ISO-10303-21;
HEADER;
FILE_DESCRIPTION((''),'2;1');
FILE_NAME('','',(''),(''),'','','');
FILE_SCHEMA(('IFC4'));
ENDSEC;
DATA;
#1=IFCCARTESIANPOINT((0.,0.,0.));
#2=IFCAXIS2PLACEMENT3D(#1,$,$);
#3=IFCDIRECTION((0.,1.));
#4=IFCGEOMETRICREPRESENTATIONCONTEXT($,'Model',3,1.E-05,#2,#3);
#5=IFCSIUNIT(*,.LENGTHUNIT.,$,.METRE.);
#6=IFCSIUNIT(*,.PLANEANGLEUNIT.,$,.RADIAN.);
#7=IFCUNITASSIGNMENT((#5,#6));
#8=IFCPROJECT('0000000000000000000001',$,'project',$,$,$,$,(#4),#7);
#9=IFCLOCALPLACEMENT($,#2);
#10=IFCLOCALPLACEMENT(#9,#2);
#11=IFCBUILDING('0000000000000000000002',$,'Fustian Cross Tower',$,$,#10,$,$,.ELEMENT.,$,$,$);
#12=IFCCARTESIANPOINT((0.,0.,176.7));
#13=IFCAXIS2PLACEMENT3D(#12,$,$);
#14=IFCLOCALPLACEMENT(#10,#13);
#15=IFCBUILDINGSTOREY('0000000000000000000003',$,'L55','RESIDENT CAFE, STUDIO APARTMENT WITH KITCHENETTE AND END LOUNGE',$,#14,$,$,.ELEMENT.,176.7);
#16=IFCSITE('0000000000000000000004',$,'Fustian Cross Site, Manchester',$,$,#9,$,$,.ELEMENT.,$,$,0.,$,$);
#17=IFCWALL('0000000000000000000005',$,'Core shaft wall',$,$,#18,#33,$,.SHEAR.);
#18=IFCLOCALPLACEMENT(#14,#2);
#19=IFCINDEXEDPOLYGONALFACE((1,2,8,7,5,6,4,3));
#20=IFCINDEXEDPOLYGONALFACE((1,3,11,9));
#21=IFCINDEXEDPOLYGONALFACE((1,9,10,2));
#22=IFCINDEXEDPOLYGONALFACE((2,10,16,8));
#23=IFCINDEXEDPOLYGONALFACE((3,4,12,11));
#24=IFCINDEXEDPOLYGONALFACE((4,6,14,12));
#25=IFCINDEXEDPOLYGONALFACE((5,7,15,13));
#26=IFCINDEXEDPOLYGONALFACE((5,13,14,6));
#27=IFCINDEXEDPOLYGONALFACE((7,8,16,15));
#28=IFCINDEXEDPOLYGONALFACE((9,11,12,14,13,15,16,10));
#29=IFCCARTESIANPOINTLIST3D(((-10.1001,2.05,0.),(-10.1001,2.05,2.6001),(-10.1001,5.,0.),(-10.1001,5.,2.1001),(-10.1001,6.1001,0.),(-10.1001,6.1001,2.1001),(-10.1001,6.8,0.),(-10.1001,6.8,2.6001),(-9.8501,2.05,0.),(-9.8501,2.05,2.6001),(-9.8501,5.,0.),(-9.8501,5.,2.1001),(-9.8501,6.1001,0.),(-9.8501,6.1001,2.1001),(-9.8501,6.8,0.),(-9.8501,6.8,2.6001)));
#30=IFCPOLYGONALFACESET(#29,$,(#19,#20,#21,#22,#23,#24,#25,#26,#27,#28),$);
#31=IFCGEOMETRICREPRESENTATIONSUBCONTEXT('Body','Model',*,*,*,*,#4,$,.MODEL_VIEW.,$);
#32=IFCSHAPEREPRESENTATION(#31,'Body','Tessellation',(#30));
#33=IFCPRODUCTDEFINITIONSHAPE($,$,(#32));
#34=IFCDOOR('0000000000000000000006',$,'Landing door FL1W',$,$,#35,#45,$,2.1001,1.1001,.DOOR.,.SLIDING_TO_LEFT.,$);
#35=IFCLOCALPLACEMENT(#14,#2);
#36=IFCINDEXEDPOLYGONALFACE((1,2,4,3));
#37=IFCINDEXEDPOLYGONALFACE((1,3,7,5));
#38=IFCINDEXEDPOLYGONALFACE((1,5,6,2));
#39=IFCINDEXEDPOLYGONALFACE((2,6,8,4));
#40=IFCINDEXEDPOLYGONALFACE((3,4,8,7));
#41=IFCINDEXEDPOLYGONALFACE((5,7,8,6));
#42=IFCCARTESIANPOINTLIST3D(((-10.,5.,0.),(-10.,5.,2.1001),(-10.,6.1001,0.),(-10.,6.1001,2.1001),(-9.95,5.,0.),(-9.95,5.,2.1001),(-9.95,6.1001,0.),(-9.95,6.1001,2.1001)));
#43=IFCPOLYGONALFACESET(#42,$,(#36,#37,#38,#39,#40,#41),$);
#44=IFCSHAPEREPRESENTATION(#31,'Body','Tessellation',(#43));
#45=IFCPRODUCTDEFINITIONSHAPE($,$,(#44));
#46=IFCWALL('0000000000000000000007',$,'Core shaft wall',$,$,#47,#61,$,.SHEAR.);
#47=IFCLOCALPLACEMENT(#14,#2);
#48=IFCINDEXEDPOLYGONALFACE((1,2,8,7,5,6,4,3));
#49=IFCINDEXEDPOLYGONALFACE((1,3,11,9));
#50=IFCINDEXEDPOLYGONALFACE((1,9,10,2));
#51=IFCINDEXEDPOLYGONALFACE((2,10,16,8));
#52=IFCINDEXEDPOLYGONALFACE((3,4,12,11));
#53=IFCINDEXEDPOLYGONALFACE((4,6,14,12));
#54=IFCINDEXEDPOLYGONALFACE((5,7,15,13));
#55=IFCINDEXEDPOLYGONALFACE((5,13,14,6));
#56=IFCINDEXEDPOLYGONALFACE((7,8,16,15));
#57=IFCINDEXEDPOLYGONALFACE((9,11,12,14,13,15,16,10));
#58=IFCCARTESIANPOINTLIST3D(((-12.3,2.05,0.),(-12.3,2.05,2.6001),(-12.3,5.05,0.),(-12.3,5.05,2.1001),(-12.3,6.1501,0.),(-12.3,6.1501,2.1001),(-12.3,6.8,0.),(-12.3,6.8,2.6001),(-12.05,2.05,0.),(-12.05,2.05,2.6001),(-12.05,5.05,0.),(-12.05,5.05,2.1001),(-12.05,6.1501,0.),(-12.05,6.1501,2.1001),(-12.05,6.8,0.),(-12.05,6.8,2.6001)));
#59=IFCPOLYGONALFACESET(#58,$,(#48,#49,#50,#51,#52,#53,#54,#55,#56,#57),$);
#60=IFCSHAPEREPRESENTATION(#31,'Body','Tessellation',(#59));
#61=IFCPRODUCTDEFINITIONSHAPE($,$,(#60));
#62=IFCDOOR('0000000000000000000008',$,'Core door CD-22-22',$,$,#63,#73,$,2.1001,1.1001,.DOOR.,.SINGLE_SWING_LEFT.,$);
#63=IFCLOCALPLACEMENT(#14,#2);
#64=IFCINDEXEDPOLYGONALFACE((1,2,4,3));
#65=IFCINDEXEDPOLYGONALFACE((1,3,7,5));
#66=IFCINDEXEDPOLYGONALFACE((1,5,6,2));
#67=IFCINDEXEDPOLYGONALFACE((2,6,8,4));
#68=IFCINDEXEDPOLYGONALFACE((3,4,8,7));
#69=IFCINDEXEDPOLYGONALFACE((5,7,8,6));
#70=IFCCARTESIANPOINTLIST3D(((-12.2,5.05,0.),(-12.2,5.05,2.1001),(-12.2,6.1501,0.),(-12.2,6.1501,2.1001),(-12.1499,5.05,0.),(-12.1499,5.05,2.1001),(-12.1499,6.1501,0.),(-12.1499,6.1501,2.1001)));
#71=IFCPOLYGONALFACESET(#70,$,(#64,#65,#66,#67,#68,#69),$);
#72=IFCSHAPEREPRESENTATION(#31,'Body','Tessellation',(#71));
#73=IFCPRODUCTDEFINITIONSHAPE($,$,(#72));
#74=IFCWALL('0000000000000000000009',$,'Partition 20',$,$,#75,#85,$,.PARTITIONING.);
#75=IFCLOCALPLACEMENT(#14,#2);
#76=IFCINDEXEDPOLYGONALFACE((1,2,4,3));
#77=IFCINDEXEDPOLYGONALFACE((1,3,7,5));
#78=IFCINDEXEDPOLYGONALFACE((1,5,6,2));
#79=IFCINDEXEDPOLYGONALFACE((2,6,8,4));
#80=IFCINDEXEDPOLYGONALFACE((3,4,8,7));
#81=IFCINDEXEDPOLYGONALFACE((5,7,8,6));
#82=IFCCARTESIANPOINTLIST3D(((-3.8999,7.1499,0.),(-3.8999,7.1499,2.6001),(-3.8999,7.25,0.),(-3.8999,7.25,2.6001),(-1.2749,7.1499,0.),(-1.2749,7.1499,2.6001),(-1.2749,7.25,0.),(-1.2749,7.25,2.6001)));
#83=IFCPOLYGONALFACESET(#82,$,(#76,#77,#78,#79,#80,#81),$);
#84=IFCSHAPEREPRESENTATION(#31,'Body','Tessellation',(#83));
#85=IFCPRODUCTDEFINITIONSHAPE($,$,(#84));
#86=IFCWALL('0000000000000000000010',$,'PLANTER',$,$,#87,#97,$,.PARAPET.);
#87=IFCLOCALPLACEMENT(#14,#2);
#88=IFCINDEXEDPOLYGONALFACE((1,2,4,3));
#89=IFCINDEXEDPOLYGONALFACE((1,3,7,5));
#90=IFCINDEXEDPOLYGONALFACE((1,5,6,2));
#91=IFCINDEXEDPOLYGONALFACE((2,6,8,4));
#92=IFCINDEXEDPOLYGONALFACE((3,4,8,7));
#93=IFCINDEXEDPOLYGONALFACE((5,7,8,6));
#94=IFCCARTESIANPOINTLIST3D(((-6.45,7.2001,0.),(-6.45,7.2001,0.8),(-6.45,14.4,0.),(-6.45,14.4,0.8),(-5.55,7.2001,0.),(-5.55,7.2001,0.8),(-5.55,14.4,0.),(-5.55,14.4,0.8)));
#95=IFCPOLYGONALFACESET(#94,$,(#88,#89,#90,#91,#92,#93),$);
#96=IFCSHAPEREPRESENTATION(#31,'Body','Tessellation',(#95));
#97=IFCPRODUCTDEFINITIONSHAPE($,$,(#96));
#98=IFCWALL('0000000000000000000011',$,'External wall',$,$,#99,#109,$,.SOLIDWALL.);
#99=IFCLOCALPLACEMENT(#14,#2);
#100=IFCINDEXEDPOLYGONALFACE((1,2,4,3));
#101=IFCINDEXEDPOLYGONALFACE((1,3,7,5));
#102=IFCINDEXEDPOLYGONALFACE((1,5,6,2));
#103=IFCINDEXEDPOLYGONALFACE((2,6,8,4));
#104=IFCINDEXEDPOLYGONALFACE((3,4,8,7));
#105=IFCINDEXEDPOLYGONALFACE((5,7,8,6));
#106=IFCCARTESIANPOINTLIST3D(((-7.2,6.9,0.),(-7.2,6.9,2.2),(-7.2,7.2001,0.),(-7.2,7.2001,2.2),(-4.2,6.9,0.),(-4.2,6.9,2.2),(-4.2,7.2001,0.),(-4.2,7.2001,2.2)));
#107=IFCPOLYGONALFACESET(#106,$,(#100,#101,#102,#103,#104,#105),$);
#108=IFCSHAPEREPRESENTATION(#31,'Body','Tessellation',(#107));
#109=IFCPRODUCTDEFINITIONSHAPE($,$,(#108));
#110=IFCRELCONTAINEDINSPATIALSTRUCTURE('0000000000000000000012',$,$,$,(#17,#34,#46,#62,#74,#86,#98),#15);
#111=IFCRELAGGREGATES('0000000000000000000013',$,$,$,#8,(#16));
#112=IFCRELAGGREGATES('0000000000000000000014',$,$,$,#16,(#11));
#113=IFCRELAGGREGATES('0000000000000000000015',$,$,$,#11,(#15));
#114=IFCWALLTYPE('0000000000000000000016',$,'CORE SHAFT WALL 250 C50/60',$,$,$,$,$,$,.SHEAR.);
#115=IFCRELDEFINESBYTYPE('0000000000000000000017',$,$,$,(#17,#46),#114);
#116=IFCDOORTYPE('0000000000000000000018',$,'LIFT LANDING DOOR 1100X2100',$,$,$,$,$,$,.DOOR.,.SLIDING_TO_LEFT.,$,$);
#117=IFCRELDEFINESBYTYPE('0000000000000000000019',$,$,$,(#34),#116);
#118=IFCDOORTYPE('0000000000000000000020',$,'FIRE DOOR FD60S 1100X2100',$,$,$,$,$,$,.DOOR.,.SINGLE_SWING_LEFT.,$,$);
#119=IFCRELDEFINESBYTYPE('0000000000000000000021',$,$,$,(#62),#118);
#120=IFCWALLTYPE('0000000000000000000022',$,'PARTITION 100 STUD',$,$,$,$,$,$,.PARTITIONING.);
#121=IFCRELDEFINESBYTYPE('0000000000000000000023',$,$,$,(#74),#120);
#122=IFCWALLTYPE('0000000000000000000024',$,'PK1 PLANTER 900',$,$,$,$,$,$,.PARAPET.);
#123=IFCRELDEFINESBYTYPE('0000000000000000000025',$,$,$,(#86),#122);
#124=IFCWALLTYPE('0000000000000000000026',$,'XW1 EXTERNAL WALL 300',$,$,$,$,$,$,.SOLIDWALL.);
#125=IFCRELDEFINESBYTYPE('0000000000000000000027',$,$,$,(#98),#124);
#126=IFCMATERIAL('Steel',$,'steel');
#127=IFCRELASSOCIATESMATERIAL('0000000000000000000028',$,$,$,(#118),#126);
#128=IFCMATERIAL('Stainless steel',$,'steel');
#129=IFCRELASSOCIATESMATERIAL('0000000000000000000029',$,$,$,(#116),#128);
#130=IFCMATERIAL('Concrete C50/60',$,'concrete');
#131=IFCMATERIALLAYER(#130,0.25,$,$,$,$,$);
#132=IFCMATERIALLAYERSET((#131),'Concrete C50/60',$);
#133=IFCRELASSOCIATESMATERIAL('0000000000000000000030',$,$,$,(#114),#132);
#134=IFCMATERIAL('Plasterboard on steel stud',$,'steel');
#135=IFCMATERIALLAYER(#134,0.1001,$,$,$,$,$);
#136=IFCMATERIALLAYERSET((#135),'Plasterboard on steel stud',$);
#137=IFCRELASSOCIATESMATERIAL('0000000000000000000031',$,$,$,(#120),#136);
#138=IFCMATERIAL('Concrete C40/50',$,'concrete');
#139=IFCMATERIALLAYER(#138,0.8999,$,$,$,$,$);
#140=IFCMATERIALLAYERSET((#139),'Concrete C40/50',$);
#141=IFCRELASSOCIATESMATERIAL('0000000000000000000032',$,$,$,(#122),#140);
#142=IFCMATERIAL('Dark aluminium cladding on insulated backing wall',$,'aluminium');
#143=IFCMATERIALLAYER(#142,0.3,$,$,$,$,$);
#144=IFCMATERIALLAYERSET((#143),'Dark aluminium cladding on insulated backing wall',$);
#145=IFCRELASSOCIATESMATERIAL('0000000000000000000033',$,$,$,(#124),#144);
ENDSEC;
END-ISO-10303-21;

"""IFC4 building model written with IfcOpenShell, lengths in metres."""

from ifc_helpers import new_model, si_unit, direction, frame, frame_2d, origin, place, context, subcontext, project, spatial, rectangle, extrude, material, layer, layer_set, type_object, element, fill, save


model = new_model("IFC4")

# Units and contexts
model_context = context("Model", 3, precision=1e-05, world=origin(), true_north=direction((0.0, 1.0)))
body_context = subcontext(model_context, "Body", "Model", "MODEL_VIEW")
ifc_project = project(units=[si_unit("LENGTHUNIT", "METRE"), si_unit("PLANEANGLEUNIT", "RADIAN")], contexts=[model_context])

# Site, building, storey
site_placement = place(None, origin())
site = spatial("IfcSite", under=ifc_project, at=site_placement, Name="Fustian Cross Site, Manchester", CompositionType="ELEMENT", RefElevation=0.0)
building_placement = place(site_placement, origin())
building = spatial("IfcBuilding", under=site, at=building_placement, Name="Fustian Cross Tower", CompositionType="ELEMENT")
storey_placement = place(building_placement, frame((0.0, 0.0, 176.7)))
storey = spatial("IfcBuildingStorey", under=building, at=storey_placement, Name="L55", Description="RESIDENT CAFE, STUDIO APARTMENT WITH KITCHENETTE AND END LOUNGE", CompositionType="ELEMENT", Elevation=176.7)

# Shared definitions
ifc_material_1 = material(Name="Steel", Category="steel")
door_type_1 = type_object("IfcDoorType", Name="FIRE DOOR FD60S 1100X2100", OperationType="SINGLE_SWING_LEFT", PredefinedType="DOOR", material=ifc_material_1)
ifc_material_2 = material(Name="Stainless steel", Category="steel")
door_type_2 = type_object("IfcDoorType", Name="LIFT LANDING DOOR 1100X2100", OperationType="SLIDING_TO_LEFT", PredefinedType="DOOR", material=ifc_material_2)

# Shared definitions
ifc_material_3 = material(Name="Concrete C50/60", Category="concrete")
ifc_layer_1 = layer(ifc_material_3, 0.25)
ifc_layer_set_1 = layer_set([ifc_layer_1], Name="Concrete C50/60")
wall_type_1 = type_object("IfcWallType", Name="CORE SHAFT WALL 250 C50/60", PredefinedType="SHEAR", material=ifc_layer_set_1)

# Walls, openings, doors
wall_1_placement = place(storey_placement, frame((-9.9751, 2.05, 0.0), z_axis=(0.0, 0.0, 1.0), x_axis=(0.0, 1.0, 0.0)))
wall_1 = element("IfcWall", 1, at=wall_1_placement, inside=storey, type_object=wall_type_1, Name="Core shaft wall", PredefinedType="SHEAR", context=body_context, shape_type="SweptSolid", body=[
    extrude(rectangle(XDim=4.75, YDim=0.25, at=frame_2d((2.375, 0.0))), origin(), (0.0, 0.0, 1.0), 2.6001),
])
opening_1_placement = place(wall_1_placement, frame((2.95, 0.0, 0.0)))
opening_1 = element("IfcOpeningElement", 2, at=opening_1_placement, cuts=wall_1, PredefinedType="OPENING", context=body_context, shape_type="SweptSolid", body=[
    extrude(rectangle(XDim=1.1001, YDim=2.1001, at=frame_2d((0.55, 1.05))), frame((0.0, 0.135, 0.0), z_axis=(0.0, -1.0, 0.0), x_axis=(1.0, 0.0, 0.0)), (0.0, 0.0, 1.0), 0.27),
])
door_1_placement = place(opening_1_placement, origin())
door_1 = element("IfcDoor", 3, at=door_1_placement, inside=storey, type_object=door_type_2, Name="Landing door FL1W", OperationType="SLIDING_TO_LEFT", OverallHeight=2.1001, OverallWidth=1.1001, PredefinedType="DOOR", context=body_context, shape_type="SweptSolid", body=[
    extrude(rectangle(XDim=1.1001, YDim=2.1001, at=frame_2d((0.55, 1.05))), frame((0.0, 0.0249, 0.0), z_axis=(0.0, -1.0, 0.0), x_axis=(1.0, 0.0, 0.0)), (0.0, 0.0, 1.0), 0.05),
])
fill(opening_1, door_1)
wall_2_placement = place(storey_placement, frame((-12.175, 2.05, 0.0), z_axis=(0.0, 0.0, 1.0), x_axis=(0.0, 1.0, 0.0)))
wall_2 = element("IfcWall", 4, at=wall_2_placement, inside=storey, type_object=wall_type_1, Name="Core shaft wall", PredefinedType="SHEAR", context=body_context, shape_type="SweptSolid", body=[
    extrude(rectangle(XDim=4.75, YDim=0.25, at=frame_2d((2.375, 0.0))), origin(), (0.0, 0.0, 1.0), 2.6001),
])
opening_2_placement = place(wall_2_placement, frame((3.0, 0.0, 0.0)))
opening_2 = element("IfcOpeningElement", 5, at=opening_2_placement, cuts=wall_2, PredefinedType="OPENING", context=body_context, shape_type="SweptSolid", body=[
    extrude(rectangle(XDim=1.1001, YDim=2.1001, at=frame_2d((0.55, 1.05))), frame((0.0, 0.135, 0.0), z_axis=(0.0, -1.0, 0.0), x_axis=(1.0, 0.0, 0.0)), (0.0, 0.0, 1.0), 0.27),
])
door_2_placement = place(opening_2_placement, origin())
door_2 = element("IfcDoor", 6, at=door_2_placement, inside=storey, type_object=door_type_1, Name="Core door CD-22-22", OperationType="SINGLE_SWING_LEFT", OverallHeight=2.1001, OverallWidth=1.1001, PredefinedType="DOOR", context=body_context, shape_type="SweptSolid", body=[
    extrude(rectangle(XDim=1.1001, YDim=2.1001, at=frame_2d((0.55, 1.05))), frame((0.0, 0.0249, 0.0), z_axis=(0.0, -1.0, 0.0), x_axis=(1.0, 0.0, 0.0)), (0.0, 0.0, 1.0), 0.05),
])
fill(opening_2, door_2)

# Walls
ifc_material_4 = material(Name="Plasterboard on steel stud", Category="steel")
ifc_layer_2 = layer(ifc_material_4, 0.1001)
ifc_layer_set_2 = layer_set([ifc_layer_2], Name="Plasterboard on steel stud")
wall_type_2 = type_object("IfcWallType", Name="PARTITION 100 STUD", PredefinedType="PARTITIONING", material=ifc_layer_set_2)
wall_3_placement = place(storey_placement, frame((-3.8999, 7.2, 0.0), z_axis=(0.0, 0.0, 1.0), x_axis=(1.0, 0.0, 0.0)))
element("IfcWall", 7, at=wall_3_placement, inside=storey, type_object=wall_type_2, Name="Partition 20", PredefinedType="PARTITIONING", context=body_context, shape_type="SweptSolid", body=[
    extrude(rectangle(XDim=2.625, YDim=0.1001, at=frame_2d((1.3125, 0.0))), origin(), (0.0, 0.0, 1.0), 2.6001),
])
ifc_material_5 = material(Name="Concrete C40/50", Category="concrete")
ifc_layer_3 = layer(ifc_material_5, 0.8999)
ifc_layer_set_3 = layer_set([ifc_layer_3], Name="Concrete C40/50")
wall_type_3 = type_object("IfcWallType", Name="PK1 PLANTER 900", PredefinedType="PARAPET", material=ifc_layer_set_3)
wall_4_placement = place(storey_placement, frame((-6.0, 7.2, 0.0), z_axis=(0.0, 0.0, 1.0), x_axis=(0.0, 1.0, 0.0)))
element("IfcWall", 8, at=wall_4_placement, inside=storey, type_object=wall_type_3, Name="PLANTER", PredefinedType="PARAPET", context=body_context, shape_type="SweptSolid", body=[
    extrude(rectangle(XDim=7.2, YDim=0.8999, at=frame_2d((3.6001, 0.0))), origin(), (0.0, 0.0, 1.0), 0.8),
])
ifc_material_6 = material(Name="Dark aluminium cladding on insulated backing wall", Category="aluminium")
ifc_layer_4 = layer(ifc_material_6, 0.3)
ifc_layer_set_4 = layer_set([ifc_layer_4], Name="Dark aluminium cladding on insulated backing wall")
wall_type_4 = type_object("IfcWallType", Name="XW1 EXTERNAL WALL 300", PredefinedType="SOLIDWALL", material=ifc_layer_set_4)
wall_5_placement = place(storey_placement, frame((-4.2, 7.05, 0.0), z_axis=(0.0, 0.0, 1.0), x_axis=(-1.0, 0.0, 0.0)))
element("IfcWall", 9, at=wall_5_placement, inside=storey, type_object=wall_type_4, Name="External wall", PredefinedType="SOLIDWALL", context=body_context, shape_type="SweptSolid", body=[
    extrude(rectangle(XDim=3.0, YDim=0.3, at=frame_2d((1.5, 0.0))), origin(), (0.0, 0.0, 1.0), 2.2),
])

save(model, "model.ifc")
